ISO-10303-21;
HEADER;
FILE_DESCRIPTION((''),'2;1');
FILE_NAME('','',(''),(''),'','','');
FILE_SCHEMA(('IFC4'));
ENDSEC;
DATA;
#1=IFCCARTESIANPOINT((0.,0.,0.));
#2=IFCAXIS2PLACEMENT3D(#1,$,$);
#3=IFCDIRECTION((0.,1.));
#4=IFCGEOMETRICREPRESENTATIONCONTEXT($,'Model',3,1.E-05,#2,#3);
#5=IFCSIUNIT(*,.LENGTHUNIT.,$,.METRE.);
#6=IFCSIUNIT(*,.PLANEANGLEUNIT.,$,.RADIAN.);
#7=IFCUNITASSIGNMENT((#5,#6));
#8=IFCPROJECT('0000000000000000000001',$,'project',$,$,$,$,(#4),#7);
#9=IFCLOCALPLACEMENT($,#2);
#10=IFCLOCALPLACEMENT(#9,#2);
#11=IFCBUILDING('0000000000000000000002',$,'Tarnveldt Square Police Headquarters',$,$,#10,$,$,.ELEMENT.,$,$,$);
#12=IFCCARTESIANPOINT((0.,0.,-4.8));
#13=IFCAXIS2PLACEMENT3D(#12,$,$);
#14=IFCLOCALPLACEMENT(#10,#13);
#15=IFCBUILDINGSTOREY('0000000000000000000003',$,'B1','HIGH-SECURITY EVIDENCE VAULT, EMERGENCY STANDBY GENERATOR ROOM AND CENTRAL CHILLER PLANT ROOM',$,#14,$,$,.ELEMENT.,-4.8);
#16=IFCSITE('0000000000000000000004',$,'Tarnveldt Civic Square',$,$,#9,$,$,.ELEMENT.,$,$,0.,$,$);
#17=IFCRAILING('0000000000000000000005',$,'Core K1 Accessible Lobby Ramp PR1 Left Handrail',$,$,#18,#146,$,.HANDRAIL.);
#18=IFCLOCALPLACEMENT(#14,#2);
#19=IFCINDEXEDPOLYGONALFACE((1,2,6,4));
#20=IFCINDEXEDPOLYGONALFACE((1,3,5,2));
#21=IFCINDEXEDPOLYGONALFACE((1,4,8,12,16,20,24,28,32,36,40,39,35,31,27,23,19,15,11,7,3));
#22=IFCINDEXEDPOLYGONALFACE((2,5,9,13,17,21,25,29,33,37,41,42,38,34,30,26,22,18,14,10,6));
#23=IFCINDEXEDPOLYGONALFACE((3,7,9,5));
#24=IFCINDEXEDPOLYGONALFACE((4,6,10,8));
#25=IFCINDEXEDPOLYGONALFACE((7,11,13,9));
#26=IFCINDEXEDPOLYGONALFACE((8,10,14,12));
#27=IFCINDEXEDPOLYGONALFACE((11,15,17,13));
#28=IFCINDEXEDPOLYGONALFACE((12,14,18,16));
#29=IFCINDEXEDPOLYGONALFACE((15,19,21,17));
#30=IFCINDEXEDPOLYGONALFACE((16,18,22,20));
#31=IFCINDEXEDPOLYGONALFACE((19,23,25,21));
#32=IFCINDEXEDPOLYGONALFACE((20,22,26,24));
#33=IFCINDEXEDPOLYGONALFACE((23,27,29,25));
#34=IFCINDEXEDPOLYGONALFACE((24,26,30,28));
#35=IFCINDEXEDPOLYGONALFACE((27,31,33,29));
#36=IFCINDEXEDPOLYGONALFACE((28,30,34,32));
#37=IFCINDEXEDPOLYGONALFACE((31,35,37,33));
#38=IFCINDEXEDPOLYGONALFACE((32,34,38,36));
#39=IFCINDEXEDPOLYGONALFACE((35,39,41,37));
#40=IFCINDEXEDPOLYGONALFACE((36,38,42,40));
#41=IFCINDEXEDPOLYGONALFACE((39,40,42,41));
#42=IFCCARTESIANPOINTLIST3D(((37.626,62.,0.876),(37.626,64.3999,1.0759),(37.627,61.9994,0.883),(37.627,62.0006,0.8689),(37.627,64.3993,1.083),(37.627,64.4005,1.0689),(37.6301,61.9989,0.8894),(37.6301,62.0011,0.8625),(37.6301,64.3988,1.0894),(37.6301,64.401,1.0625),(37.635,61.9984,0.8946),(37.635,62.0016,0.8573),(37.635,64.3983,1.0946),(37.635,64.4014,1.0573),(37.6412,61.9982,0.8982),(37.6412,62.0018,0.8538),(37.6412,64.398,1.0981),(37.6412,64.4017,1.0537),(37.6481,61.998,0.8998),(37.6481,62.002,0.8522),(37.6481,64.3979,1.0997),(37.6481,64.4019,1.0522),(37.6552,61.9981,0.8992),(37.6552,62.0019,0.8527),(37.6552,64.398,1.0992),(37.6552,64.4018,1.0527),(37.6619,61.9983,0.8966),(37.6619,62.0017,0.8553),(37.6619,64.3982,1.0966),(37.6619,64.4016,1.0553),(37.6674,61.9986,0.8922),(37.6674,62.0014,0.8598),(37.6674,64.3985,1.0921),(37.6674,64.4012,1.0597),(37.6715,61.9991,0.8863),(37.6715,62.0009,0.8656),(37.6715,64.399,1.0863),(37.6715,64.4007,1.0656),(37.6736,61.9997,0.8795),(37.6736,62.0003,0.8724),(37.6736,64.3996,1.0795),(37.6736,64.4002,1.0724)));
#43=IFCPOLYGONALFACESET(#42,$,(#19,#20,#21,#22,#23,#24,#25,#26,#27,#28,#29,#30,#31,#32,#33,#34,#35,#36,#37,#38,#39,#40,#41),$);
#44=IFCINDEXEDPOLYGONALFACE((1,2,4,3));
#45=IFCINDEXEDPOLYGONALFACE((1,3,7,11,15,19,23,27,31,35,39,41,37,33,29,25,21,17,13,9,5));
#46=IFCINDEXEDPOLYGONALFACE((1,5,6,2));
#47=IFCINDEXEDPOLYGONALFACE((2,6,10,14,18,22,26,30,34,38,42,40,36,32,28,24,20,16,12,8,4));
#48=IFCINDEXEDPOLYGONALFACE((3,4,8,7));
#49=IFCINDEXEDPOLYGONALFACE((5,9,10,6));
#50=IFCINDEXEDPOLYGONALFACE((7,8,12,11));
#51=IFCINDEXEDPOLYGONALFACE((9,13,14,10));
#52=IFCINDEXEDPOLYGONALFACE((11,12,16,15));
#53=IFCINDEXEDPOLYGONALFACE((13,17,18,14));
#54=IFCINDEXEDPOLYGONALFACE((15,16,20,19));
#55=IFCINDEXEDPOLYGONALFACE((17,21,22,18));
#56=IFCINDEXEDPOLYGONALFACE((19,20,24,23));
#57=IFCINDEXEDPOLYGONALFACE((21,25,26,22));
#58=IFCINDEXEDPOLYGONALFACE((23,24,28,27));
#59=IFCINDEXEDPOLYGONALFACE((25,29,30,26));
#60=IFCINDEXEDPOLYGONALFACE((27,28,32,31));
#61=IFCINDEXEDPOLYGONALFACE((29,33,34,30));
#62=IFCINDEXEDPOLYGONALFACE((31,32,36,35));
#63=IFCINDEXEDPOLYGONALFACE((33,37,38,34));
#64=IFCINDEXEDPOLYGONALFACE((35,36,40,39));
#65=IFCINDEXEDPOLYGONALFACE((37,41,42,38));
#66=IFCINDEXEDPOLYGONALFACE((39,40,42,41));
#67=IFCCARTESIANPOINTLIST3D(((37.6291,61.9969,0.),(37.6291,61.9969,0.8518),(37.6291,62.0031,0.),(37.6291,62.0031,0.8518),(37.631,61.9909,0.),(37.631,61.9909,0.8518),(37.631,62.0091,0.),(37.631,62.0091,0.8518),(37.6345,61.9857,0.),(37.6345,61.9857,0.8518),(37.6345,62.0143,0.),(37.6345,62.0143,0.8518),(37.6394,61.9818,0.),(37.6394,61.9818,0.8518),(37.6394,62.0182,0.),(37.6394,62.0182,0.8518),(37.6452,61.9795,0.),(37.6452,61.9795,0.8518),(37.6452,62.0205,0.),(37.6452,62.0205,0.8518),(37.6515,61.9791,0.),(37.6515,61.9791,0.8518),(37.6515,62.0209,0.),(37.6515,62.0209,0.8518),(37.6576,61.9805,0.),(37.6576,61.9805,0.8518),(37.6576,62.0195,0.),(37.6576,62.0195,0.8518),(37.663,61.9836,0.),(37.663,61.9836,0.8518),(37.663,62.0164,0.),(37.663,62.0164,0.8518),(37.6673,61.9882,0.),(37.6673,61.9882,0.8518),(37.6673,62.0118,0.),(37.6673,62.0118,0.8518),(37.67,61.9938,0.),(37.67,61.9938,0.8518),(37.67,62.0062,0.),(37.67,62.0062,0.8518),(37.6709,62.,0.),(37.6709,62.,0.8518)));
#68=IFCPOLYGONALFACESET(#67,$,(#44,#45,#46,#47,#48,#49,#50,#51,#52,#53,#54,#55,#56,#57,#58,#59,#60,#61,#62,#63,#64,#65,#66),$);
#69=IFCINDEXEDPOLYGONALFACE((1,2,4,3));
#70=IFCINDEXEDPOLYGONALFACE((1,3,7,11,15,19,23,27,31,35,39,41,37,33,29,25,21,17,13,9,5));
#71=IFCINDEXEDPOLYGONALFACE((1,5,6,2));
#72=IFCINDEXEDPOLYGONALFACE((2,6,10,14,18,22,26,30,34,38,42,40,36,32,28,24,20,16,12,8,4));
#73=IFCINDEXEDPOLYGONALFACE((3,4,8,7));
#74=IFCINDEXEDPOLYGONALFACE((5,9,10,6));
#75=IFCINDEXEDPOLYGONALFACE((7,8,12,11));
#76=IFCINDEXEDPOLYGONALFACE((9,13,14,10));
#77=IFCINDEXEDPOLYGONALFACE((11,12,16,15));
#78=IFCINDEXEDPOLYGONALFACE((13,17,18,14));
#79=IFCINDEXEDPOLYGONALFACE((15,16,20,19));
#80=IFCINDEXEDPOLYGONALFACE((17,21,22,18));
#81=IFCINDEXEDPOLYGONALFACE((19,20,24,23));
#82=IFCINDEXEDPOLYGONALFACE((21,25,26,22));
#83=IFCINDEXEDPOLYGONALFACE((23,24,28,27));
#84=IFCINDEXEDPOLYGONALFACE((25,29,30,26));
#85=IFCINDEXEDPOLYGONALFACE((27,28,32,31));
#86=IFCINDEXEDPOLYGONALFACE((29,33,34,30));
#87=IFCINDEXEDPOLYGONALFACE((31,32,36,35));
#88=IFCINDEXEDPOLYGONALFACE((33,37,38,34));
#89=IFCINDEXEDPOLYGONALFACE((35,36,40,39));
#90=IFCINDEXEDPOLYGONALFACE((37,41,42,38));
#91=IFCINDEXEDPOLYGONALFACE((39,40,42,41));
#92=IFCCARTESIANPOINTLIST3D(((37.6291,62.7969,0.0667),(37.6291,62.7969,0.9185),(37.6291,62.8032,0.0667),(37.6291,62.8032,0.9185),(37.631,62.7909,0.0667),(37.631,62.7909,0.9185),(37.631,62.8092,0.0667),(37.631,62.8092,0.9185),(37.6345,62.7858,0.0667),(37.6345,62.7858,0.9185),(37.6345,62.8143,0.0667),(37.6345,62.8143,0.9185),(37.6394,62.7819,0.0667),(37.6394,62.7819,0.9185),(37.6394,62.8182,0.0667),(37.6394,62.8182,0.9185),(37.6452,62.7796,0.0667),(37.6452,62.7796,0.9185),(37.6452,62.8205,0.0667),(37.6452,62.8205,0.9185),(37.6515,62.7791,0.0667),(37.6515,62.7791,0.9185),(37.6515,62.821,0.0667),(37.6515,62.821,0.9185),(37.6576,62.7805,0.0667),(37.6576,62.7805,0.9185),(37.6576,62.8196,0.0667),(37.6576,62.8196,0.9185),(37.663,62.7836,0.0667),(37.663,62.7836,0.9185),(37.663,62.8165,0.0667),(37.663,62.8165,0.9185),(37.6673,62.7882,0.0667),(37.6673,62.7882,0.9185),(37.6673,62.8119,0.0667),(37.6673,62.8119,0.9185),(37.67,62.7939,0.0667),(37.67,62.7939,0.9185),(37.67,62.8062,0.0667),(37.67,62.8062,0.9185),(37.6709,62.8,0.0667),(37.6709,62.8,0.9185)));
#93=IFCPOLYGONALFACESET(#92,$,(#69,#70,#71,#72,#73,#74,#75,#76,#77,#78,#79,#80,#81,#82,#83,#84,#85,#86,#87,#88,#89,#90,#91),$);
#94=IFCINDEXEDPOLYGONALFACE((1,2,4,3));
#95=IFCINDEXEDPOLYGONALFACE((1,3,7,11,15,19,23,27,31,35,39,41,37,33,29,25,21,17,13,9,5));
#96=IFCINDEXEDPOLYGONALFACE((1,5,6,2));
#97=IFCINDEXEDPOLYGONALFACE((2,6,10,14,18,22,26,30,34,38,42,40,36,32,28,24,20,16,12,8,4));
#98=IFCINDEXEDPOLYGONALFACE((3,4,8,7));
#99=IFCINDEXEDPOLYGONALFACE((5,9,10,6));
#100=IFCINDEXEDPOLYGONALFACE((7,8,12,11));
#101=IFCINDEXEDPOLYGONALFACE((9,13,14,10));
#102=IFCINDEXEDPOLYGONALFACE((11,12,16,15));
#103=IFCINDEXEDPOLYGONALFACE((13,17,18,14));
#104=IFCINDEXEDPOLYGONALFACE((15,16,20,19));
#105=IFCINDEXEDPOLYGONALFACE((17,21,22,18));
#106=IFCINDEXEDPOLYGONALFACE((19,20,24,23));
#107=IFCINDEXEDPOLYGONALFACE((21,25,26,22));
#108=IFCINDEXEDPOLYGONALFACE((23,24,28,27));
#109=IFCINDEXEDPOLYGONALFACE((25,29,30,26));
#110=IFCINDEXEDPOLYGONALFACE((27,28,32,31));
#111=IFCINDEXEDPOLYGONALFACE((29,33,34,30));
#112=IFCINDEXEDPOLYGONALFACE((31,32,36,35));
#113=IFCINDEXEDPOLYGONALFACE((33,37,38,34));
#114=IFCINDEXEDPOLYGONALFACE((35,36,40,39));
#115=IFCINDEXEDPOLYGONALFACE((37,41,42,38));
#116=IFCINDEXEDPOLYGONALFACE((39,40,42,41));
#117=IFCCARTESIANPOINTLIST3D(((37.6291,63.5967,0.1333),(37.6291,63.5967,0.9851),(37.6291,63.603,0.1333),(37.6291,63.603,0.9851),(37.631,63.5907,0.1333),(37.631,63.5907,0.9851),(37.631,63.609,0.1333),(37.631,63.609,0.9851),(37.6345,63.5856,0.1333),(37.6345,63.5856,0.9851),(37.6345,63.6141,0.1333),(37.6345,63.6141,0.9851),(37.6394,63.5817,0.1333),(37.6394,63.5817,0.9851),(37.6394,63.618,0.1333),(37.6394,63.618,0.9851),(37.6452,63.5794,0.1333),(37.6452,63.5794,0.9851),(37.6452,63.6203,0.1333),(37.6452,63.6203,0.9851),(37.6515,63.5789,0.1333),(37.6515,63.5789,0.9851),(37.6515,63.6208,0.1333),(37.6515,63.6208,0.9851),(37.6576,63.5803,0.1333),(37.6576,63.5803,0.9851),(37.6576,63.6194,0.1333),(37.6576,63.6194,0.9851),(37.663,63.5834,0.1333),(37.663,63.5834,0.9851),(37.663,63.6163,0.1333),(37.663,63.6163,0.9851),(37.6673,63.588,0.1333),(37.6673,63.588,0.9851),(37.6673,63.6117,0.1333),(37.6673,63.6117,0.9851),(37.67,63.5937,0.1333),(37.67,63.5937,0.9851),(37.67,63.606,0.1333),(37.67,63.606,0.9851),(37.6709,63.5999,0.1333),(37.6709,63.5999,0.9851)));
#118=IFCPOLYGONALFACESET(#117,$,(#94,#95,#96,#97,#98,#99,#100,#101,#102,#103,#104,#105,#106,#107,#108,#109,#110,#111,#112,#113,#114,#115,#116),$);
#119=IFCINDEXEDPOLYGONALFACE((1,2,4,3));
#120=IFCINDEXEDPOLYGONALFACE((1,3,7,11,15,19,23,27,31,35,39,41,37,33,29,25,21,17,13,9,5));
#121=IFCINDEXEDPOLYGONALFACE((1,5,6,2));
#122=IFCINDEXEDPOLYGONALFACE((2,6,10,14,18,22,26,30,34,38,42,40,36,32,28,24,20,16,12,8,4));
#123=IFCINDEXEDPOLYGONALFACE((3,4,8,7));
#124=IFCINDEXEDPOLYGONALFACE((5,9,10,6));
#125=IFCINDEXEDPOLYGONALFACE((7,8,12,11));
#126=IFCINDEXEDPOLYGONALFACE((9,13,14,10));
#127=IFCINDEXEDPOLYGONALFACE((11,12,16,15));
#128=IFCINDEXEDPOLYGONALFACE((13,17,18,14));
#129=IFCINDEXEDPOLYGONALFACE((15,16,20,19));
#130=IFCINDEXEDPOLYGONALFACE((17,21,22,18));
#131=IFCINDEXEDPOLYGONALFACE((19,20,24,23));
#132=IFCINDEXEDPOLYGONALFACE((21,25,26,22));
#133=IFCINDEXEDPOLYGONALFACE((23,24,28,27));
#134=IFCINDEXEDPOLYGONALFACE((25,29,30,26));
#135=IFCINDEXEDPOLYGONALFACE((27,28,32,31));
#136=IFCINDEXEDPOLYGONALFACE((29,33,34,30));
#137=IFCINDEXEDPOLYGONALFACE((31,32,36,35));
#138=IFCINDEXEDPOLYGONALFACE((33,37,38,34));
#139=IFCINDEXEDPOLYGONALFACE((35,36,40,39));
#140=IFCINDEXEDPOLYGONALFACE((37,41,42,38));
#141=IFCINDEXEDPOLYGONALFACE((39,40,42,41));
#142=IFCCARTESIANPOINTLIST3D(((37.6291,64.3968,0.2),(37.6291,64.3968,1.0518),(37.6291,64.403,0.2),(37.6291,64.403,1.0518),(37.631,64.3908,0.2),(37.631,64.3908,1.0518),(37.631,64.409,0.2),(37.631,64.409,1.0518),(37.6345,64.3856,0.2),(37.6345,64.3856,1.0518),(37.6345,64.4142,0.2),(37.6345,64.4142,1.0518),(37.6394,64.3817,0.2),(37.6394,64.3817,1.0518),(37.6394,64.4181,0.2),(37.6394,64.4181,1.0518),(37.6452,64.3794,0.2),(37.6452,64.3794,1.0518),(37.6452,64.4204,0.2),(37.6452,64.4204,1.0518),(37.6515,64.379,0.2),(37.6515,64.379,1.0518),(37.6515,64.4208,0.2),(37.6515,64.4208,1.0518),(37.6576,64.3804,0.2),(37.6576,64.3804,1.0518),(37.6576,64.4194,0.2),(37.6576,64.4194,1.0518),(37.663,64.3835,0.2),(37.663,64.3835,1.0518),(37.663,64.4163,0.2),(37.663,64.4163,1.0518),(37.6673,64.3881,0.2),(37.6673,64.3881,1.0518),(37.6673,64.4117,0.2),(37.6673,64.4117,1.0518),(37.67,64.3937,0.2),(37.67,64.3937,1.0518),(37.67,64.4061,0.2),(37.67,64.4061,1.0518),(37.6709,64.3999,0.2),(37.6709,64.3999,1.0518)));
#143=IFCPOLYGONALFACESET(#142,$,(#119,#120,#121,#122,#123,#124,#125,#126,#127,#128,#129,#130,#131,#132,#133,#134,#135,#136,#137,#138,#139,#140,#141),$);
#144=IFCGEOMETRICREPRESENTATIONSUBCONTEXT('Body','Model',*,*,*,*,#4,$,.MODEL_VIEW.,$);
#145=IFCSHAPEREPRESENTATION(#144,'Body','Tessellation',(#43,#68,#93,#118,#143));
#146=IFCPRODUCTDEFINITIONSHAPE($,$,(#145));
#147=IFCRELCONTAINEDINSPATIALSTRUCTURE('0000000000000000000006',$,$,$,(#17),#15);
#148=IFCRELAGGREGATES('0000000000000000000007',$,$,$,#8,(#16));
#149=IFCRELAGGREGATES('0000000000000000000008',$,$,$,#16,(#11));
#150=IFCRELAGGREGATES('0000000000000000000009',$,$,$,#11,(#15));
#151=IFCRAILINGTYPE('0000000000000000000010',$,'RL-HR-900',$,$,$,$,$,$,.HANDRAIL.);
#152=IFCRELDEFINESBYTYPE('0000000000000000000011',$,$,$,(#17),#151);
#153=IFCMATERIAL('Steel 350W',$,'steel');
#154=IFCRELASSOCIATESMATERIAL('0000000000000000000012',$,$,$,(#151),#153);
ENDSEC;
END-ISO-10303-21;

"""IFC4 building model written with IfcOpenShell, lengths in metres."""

from ifc_helpers import new_model, si_unit, direction, frame, origin, origin_2d, place, context, subcontext, project, spatial, circle, extrude, material, type_object, element, save


model = new_model("IFC4")

# Units and contexts
model_context = context("Model", 3, precision=1e-05, world=origin(), true_north=direction((0.0, 1.0)))
body_context = subcontext(model_context, "Body", "Model", "MODEL_VIEW")
ifc_project = project(units=[si_unit("LENGTHUNIT", "METRE"), si_unit("PLANEANGLEUNIT", "RADIAN")], contexts=[model_context])

# Site, building, storey
site_placement = place(None, origin())
site = spatial("IfcSite", under=ifc_project, at=site_placement, Name="Tarnveldt Civic Square", CompositionType="ELEMENT", RefElevation=0.0)
building_placement = place(site_placement, origin())
building = spatial("IfcBuilding", under=site, at=building_placement, Name="Tarnveldt Square Police Headquarters", CompositionType="ELEMENT")
storey_placement = place(building_placement, frame((0.0, 0.0, -4.8)))
storey = spatial("IfcBuildingStorey", under=building, at=storey_placement, Name="B1", Description="HIGH-SECURITY EVIDENCE VAULT, EMERGENCY STANDBY GENERATOR ROOM AND CENTRAL CHILLER PLANT ROOM", CompositionType="ELEMENT", Elevation=-4.8)

# Railing
ifc_material_1 = material(Name="Steel 350W", Category="steel")
railing_type = type_object("IfcRailingType", Name="RL-HR-900", PredefinedType="HANDRAIL", material=ifc_material_1)
for number, where, name in (
    (1, (37.6499, 62.0, 0.0), "Core K1 Accessible Lobby Ramp PR1 Left Handrail"),
):
    element("IfcRailing", number, at=place(storey_placement, frame(where)), inside=storey, type_object=railing_type, Name=name, PredefinedType="HANDRAIL", context=body_context, shape_type="SweptSolid", body=[
        extrude(circle(Radius=0.0239, at=origin_2d()), frame((0.0, 0.0, 0.876), z_axis=(0.0, 0.996547, 0.083029), x_axis=(-1.0, 0.0, 0.0)), (0.0, 0.0, 1.0), 2.4082),
        extrude(circle(Radius=0.021, at=origin_2d()), origin(), (0.0, 0.0, 1.0), 0.8518),
        extrude(circle(Radius=0.021, at=origin_2d()), frame((0.0, 0.8, 0.0667)), (0.0, 0.0, 1.0), 0.8518),
        extrude(circle(Radius=0.021, at=origin_2d()), frame((0.0, 1.5999, 0.1333)), (0.0, 0.0, 1.0), 0.8518),
        extrude(circle(Radius=0.021, at=origin_2d()), frame((0.0, 2.3999, 0.2)), (0.0, 0.0, 1.0), 0.8518),
    ])

save(model, "model.ifc")
